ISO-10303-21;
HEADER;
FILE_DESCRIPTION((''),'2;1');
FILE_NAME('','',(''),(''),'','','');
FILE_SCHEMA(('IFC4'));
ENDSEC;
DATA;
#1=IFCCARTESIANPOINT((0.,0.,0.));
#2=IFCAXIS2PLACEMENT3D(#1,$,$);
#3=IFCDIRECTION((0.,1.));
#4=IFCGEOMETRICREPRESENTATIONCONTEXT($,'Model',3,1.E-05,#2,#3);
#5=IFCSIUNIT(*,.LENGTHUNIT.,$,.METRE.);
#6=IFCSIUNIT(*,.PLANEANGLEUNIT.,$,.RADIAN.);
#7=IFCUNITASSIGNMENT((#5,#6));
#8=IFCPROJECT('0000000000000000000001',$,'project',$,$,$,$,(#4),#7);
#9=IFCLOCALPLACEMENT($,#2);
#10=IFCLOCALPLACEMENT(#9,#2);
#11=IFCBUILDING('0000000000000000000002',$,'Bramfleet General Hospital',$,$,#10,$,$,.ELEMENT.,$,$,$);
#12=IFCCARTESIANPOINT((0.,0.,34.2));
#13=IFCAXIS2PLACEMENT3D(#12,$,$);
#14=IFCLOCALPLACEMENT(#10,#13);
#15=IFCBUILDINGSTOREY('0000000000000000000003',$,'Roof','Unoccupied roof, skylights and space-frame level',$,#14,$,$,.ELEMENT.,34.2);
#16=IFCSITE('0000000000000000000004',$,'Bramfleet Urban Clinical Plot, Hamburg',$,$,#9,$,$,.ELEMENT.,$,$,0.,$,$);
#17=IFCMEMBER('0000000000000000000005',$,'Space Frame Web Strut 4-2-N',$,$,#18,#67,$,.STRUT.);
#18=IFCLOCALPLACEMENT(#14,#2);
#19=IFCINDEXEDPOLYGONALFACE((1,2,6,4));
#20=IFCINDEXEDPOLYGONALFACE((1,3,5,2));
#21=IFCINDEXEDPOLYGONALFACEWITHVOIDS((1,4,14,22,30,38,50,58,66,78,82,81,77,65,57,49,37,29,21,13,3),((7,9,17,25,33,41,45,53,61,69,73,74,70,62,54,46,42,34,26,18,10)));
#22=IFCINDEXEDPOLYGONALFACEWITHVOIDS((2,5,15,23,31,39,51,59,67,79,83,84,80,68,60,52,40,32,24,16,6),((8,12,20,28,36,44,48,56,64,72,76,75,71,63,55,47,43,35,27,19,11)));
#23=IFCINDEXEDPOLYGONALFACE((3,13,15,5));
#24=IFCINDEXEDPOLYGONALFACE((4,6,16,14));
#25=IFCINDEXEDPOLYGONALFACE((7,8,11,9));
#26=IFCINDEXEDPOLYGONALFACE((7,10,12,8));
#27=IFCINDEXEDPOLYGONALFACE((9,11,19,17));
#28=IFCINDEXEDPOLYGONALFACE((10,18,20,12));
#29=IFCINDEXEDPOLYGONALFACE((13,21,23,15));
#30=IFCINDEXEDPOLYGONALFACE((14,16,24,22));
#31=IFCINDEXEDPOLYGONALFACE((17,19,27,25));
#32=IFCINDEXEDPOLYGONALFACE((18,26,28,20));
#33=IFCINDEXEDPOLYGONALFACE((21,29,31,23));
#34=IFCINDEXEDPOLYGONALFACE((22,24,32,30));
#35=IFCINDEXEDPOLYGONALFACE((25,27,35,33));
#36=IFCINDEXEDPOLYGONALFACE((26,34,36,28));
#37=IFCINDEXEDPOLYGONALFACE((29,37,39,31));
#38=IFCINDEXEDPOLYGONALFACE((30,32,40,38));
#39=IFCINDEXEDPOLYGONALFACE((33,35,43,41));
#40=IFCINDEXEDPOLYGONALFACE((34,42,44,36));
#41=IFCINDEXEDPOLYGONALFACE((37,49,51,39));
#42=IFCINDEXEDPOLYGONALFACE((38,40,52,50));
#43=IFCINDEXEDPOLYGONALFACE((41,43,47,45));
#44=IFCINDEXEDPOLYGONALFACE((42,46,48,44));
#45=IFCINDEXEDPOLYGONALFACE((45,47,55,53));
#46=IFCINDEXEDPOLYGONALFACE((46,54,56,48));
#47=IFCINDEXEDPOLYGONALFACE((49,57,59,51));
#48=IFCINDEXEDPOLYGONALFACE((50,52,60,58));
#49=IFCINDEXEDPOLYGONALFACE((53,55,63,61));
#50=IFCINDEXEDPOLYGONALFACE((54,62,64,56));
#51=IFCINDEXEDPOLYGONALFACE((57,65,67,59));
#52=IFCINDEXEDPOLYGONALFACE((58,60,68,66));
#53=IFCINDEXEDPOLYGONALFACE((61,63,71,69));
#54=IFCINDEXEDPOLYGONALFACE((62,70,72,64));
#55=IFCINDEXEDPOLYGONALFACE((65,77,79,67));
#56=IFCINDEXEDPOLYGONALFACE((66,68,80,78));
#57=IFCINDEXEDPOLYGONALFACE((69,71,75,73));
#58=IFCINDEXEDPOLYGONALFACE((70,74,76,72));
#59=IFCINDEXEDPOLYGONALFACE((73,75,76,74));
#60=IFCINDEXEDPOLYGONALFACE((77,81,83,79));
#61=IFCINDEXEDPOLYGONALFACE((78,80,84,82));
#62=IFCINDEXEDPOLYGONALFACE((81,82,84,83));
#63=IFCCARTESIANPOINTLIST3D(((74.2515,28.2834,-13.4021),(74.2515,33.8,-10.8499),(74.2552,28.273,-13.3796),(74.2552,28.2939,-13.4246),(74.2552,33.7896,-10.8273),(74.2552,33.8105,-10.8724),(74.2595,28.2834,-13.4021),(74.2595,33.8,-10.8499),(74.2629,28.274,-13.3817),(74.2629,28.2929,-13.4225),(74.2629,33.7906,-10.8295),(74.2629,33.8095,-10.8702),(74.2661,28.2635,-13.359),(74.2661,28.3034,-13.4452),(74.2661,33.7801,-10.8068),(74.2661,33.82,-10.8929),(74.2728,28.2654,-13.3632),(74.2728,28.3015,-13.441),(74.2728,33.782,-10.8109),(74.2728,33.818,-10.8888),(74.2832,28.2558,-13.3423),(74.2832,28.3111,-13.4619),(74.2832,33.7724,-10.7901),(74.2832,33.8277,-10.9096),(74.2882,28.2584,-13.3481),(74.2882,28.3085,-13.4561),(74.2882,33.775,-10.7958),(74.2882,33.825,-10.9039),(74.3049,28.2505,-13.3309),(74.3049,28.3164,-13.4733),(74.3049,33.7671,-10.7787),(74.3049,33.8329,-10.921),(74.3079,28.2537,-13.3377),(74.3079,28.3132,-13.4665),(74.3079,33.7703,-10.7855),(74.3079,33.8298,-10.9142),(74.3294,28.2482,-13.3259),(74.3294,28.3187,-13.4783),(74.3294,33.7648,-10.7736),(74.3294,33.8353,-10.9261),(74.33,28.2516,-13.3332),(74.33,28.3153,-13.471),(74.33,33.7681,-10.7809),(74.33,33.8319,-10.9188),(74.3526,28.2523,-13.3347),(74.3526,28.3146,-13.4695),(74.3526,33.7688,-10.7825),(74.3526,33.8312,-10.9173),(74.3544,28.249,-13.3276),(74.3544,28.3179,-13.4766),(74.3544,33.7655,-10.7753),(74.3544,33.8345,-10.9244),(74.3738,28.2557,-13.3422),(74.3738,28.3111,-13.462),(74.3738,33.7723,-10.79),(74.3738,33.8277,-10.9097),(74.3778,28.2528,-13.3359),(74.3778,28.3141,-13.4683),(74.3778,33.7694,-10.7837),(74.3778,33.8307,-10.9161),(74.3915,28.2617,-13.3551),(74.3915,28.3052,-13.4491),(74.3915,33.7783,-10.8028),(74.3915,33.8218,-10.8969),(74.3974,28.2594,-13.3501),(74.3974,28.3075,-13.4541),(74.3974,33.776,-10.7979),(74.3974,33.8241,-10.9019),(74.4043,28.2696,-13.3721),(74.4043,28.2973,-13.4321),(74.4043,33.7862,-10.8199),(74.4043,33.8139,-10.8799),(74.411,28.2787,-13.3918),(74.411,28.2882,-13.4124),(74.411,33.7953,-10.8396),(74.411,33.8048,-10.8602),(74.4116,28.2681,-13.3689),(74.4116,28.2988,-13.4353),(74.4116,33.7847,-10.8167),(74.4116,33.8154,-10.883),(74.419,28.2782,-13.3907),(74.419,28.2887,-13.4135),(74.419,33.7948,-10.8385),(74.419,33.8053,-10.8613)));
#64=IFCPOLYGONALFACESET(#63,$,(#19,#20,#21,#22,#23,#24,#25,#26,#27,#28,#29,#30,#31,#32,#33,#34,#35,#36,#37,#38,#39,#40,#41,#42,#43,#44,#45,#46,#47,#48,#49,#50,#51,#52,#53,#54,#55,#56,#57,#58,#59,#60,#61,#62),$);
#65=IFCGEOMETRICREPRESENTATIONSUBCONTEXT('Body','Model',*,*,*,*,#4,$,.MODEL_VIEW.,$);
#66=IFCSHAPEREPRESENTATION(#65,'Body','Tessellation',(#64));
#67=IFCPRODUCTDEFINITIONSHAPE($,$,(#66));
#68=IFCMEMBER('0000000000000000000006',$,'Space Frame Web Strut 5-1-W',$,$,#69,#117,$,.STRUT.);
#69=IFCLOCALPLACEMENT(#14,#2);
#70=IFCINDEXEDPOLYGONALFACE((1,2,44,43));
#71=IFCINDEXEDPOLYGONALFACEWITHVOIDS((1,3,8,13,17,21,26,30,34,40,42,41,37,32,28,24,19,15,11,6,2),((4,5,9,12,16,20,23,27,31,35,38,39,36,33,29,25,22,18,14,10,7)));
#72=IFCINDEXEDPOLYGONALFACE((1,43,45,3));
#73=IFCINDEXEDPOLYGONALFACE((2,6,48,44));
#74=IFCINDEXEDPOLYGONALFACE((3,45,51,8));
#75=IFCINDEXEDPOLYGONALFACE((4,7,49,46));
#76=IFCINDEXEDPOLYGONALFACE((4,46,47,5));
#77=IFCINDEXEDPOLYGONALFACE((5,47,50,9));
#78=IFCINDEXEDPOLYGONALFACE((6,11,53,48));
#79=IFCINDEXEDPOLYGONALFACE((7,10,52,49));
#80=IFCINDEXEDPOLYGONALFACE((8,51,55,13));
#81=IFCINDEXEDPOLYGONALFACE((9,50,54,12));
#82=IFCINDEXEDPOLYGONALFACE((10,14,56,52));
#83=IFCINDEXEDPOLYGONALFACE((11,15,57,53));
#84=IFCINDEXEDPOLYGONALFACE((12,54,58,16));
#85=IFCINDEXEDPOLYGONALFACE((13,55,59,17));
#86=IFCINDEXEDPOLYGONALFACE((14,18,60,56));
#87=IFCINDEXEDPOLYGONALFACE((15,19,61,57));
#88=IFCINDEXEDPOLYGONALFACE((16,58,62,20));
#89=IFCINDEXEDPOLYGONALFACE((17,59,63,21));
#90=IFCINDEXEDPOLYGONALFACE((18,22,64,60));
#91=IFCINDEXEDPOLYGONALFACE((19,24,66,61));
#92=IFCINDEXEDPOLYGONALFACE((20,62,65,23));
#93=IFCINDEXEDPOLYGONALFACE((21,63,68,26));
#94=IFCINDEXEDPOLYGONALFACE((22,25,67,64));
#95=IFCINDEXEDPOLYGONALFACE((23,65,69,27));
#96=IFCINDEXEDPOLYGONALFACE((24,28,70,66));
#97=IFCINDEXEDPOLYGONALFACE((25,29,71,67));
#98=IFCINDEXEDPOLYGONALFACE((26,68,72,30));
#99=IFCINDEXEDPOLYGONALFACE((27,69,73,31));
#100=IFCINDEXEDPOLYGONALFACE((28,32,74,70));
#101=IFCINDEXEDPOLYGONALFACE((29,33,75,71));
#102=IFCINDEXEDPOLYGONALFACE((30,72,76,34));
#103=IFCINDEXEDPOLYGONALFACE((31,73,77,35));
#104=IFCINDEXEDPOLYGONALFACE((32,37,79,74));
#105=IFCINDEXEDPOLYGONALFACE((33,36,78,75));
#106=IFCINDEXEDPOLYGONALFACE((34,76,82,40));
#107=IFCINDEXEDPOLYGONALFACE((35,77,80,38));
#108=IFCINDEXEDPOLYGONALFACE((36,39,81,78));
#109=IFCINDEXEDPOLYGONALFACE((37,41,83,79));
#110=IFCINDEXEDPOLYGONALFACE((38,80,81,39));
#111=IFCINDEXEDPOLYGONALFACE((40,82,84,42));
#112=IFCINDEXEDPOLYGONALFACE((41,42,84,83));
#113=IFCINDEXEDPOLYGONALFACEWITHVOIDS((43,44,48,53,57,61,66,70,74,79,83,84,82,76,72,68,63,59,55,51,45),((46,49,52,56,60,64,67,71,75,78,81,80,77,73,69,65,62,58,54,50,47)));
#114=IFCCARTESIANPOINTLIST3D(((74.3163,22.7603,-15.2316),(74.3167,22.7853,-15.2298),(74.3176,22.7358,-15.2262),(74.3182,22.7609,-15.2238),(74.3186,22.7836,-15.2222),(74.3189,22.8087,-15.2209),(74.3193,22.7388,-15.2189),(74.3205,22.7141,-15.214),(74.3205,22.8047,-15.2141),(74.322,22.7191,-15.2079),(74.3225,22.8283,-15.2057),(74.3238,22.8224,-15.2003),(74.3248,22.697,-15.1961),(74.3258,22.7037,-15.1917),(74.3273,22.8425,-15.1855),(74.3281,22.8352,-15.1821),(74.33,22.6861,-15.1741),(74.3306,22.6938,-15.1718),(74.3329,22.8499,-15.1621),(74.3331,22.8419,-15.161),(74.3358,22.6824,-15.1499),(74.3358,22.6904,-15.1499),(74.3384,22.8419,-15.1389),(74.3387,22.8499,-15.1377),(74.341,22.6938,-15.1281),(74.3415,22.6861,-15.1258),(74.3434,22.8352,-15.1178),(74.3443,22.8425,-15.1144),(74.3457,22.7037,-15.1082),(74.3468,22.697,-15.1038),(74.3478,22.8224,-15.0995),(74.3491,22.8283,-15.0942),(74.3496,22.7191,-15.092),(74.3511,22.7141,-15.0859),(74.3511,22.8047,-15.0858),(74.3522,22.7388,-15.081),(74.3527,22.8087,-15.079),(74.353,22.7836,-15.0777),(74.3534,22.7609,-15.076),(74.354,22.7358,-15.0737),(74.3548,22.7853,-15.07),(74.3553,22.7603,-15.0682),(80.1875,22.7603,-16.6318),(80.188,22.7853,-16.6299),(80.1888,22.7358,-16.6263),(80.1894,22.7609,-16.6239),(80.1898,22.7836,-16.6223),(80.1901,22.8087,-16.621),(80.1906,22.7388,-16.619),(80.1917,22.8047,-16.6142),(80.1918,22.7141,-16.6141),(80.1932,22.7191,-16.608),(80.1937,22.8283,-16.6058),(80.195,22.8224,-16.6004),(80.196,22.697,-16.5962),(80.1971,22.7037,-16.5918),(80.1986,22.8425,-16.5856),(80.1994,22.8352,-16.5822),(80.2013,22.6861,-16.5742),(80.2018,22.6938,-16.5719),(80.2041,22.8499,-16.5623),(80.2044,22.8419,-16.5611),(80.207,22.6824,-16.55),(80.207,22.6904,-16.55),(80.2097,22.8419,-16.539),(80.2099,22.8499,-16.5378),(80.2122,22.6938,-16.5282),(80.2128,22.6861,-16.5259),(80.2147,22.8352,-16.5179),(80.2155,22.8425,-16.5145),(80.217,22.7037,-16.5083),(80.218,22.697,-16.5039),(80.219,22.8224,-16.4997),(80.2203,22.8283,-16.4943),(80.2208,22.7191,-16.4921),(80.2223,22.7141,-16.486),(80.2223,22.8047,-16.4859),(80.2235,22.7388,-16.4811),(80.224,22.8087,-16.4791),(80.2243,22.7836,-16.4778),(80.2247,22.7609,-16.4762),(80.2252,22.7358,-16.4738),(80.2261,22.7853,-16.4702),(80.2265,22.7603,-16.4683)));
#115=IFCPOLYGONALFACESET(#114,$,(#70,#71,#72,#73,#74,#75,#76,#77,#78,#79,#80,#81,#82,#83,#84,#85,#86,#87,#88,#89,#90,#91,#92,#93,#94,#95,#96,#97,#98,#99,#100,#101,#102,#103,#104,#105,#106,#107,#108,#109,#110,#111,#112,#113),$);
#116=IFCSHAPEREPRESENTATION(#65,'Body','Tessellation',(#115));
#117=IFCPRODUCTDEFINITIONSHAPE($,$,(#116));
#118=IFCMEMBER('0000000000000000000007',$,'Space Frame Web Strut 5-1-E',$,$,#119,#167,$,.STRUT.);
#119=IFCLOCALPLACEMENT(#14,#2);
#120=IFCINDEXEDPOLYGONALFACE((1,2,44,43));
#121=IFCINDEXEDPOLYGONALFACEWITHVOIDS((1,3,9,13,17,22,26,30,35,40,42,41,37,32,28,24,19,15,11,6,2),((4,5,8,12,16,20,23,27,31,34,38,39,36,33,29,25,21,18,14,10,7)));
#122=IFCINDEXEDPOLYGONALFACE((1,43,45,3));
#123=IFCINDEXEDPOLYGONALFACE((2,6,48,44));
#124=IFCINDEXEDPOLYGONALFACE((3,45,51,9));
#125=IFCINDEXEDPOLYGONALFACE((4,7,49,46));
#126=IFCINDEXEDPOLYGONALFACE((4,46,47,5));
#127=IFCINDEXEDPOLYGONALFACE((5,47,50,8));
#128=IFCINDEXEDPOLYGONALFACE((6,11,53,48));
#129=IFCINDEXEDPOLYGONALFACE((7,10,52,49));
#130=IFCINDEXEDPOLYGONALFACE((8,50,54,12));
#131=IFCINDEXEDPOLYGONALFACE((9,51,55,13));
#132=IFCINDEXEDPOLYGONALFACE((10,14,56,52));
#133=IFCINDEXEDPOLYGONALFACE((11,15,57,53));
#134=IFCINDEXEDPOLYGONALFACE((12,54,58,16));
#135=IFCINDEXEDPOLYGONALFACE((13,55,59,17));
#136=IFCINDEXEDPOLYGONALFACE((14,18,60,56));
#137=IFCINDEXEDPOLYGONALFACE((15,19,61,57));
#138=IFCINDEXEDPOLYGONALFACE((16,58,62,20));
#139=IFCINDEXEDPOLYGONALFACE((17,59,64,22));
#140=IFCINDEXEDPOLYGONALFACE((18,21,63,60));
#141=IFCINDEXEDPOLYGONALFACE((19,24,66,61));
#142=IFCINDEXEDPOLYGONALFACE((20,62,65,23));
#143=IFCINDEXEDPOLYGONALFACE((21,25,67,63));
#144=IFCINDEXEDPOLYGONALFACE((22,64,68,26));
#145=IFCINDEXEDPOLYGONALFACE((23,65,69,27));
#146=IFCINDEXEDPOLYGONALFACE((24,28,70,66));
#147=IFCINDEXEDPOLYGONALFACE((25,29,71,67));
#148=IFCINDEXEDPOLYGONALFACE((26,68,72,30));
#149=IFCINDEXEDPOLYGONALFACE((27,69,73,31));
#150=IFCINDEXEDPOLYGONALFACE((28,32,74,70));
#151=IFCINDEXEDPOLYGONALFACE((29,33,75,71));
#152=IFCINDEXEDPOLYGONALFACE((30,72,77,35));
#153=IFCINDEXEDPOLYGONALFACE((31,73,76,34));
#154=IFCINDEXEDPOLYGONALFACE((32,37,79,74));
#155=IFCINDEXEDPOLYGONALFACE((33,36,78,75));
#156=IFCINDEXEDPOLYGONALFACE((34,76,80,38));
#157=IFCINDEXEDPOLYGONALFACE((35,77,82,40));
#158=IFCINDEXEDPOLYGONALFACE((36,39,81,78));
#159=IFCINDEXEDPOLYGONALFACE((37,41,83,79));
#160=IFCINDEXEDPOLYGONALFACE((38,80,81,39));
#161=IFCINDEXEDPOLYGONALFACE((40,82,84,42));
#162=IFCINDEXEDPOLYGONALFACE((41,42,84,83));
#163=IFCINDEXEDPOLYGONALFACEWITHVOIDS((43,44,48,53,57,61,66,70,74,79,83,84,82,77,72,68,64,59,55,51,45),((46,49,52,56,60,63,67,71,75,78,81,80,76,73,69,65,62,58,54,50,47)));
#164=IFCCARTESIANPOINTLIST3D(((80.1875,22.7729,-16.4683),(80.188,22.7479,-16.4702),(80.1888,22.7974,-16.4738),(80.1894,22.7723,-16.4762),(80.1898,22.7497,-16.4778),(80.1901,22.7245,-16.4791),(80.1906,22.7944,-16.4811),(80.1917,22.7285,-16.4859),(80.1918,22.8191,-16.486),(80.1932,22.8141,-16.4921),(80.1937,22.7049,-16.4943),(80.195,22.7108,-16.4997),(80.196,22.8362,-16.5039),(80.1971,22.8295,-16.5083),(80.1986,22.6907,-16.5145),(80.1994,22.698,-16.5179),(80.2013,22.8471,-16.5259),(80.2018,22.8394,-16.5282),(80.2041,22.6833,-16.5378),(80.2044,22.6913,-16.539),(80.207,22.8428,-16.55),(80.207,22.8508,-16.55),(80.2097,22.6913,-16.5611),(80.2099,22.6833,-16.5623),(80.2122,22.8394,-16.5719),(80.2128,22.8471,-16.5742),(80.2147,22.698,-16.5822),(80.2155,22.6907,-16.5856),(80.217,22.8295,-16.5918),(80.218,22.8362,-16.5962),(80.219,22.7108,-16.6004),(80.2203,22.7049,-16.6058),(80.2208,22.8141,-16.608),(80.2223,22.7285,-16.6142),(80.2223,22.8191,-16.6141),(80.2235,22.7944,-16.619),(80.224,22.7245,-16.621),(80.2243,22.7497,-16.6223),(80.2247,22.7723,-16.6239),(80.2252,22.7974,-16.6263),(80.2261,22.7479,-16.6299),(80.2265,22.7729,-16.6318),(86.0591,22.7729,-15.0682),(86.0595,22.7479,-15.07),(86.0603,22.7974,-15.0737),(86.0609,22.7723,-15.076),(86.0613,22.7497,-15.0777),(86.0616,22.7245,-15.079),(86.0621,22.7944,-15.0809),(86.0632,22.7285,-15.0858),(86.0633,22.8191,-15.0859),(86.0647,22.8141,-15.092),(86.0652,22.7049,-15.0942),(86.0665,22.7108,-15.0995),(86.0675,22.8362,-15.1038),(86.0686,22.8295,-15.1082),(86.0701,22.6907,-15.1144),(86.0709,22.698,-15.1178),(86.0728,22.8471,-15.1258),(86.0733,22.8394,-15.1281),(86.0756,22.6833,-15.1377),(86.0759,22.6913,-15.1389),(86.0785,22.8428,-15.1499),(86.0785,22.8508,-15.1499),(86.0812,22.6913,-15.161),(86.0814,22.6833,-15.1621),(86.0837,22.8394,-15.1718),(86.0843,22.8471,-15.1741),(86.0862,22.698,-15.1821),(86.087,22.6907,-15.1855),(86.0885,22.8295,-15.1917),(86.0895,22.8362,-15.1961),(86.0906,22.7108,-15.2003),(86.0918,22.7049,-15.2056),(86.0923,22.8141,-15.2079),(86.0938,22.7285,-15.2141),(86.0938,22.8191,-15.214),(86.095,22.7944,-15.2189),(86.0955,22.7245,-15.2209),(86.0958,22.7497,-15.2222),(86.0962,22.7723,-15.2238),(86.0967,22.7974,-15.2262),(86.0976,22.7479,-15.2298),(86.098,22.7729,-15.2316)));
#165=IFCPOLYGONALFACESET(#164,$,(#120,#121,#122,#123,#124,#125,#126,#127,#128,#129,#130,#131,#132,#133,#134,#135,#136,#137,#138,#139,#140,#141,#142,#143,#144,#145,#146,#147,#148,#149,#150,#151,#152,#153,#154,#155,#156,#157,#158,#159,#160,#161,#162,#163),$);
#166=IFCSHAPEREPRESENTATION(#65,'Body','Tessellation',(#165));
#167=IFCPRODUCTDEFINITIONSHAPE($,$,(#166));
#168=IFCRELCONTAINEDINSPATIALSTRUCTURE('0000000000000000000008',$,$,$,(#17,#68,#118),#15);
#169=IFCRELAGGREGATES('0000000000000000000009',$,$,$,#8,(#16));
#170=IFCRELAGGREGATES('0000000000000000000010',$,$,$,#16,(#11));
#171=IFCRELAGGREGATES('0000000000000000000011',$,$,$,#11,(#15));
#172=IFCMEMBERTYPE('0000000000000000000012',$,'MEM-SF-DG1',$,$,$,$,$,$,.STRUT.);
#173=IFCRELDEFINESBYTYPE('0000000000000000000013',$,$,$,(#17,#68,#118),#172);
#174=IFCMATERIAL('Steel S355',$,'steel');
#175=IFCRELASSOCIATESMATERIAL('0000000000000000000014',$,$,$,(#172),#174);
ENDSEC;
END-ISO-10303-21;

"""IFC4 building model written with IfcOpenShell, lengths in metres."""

from ifc_helpers import new_model, si_unit, direction, frame, origin, origin_2d, place, context, subcontext, project, spatial, hollow_circle, extrude, material, material_profile, profile_set, type_object, element, save


model = new_model("IFC4")

# Units and contexts
model_context = context("Model", 3, precision=1e-05, world=origin(), true_north=direction((0.0, 1.0)))
body_context = subcontext(model_context, "Body", "Model", "MODEL_VIEW")
ifc_project = project(units=[si_unit("LENGTHUNIT", "METRE"), si_unit("PLANEANGLEUNIT", "RADIAN")], contexts=[model_context])

# Site, building, storey
site_placement = place(None, origin())
site = spatial("IfcSite", under=ifc_project, at=site_placement, Name="Bramfleet Urban Clinical Plot, Hamburg", CompositionType="ELEMENT", RefElevation=0.0)
building_placement = place(site_placement, origin())
building = spatial("IfcBuilding", under=site, at=building_placement, Name="Bramfleet General Hospital", CompositionType="ELEMENT")
storey_placement = place(building_placement, frame((0.0, 0.0, 34.2)))
storey = spatial("IfcBuildingStorey", under=building, at=storey_placement, Name="Roof", Description="Unoccupied roof, skylights and space-frame level", CompositionType="ELEMENT", Elevation=34.2)

# Members
ifc_material = material(Name="Steel S355", Category="steel")
ifc_material_profile_1 = material_profile(ifc_material, hollow_circle(Radius=0.0842, WallThickness=0.0081, at=origin_2d()), Name="CHS 168.3x8.0")
ifc_profile_set_1 = profile_set([ifc_material_profile_1], Name="Steel S355")
member_type_1 = type_object("IfcMemberType", Name="MEM-SF-DG1", PredefinedType="STRUT", material=ifc_profile_set_1)
member_1_placement = place(storey_placement, frame((74.3357, 28.2834, -13.4021), z_axis=(0.0, 0.907576, 0.419888), x_axis=(-1.0, 0.0, 0.0)))
element("IfcMember", 1, at=member_1_placement, inside=storey, type_object=member_type_1, Name="Space Frame Web Strut 4-2-N", PredefinedType="STRUT", context=body_context, shape_type="SweptSolid", body=[
    extrude(hollow_circle(Radius=0.0842, WallThickness=0.0081, at=origin_2d()), origin(), (0.0, 0.0, 1.0), 6.0784),
])
member_2_placement = place(storey_placement, frame((80.207, 22.7666, -16.55), z_axis=(-0.972724, 0.0, 0.231967), x_axis=(0.0, -1.0, 0.0)))
element("IfcMember", 2, at=member_2_placement, inside=storey, type_object=member_type_1, Name="Space Frame Web Strut 5-1-W", PredefinedType="STRUT", context=body_context, shape_type="SweptSolid", body=[
    extrude(hollow_circle(Radius=0.0842, WallThickness=0.0081, at=origin_2d()), origin(), (0.0, 0.0, 1.0), 6.0359),
])
member_3_placement = place(storey_placement, frame((80.207, 22.7666, -16.55), z_axis=(0.972726, 0.0, 0.231958), x_axis=(0.0, 1.0, 0.0)))
element("IfcMember", 3, at=member_3_placement, inside=storey, type_object=member_type_1, Name="Space Frame Web Strut 5-1-E", PredefinedType="STRUT", context=body_context, shape_type="SweptSolid", body=[
    extrude(hollow_circle(Radius=0.0842, WallThickness=0.0081, at=origin_2d()), origin(), (0.0, 0.0, 1.0), 6.0361),
])

save(model, "model.ifc")
